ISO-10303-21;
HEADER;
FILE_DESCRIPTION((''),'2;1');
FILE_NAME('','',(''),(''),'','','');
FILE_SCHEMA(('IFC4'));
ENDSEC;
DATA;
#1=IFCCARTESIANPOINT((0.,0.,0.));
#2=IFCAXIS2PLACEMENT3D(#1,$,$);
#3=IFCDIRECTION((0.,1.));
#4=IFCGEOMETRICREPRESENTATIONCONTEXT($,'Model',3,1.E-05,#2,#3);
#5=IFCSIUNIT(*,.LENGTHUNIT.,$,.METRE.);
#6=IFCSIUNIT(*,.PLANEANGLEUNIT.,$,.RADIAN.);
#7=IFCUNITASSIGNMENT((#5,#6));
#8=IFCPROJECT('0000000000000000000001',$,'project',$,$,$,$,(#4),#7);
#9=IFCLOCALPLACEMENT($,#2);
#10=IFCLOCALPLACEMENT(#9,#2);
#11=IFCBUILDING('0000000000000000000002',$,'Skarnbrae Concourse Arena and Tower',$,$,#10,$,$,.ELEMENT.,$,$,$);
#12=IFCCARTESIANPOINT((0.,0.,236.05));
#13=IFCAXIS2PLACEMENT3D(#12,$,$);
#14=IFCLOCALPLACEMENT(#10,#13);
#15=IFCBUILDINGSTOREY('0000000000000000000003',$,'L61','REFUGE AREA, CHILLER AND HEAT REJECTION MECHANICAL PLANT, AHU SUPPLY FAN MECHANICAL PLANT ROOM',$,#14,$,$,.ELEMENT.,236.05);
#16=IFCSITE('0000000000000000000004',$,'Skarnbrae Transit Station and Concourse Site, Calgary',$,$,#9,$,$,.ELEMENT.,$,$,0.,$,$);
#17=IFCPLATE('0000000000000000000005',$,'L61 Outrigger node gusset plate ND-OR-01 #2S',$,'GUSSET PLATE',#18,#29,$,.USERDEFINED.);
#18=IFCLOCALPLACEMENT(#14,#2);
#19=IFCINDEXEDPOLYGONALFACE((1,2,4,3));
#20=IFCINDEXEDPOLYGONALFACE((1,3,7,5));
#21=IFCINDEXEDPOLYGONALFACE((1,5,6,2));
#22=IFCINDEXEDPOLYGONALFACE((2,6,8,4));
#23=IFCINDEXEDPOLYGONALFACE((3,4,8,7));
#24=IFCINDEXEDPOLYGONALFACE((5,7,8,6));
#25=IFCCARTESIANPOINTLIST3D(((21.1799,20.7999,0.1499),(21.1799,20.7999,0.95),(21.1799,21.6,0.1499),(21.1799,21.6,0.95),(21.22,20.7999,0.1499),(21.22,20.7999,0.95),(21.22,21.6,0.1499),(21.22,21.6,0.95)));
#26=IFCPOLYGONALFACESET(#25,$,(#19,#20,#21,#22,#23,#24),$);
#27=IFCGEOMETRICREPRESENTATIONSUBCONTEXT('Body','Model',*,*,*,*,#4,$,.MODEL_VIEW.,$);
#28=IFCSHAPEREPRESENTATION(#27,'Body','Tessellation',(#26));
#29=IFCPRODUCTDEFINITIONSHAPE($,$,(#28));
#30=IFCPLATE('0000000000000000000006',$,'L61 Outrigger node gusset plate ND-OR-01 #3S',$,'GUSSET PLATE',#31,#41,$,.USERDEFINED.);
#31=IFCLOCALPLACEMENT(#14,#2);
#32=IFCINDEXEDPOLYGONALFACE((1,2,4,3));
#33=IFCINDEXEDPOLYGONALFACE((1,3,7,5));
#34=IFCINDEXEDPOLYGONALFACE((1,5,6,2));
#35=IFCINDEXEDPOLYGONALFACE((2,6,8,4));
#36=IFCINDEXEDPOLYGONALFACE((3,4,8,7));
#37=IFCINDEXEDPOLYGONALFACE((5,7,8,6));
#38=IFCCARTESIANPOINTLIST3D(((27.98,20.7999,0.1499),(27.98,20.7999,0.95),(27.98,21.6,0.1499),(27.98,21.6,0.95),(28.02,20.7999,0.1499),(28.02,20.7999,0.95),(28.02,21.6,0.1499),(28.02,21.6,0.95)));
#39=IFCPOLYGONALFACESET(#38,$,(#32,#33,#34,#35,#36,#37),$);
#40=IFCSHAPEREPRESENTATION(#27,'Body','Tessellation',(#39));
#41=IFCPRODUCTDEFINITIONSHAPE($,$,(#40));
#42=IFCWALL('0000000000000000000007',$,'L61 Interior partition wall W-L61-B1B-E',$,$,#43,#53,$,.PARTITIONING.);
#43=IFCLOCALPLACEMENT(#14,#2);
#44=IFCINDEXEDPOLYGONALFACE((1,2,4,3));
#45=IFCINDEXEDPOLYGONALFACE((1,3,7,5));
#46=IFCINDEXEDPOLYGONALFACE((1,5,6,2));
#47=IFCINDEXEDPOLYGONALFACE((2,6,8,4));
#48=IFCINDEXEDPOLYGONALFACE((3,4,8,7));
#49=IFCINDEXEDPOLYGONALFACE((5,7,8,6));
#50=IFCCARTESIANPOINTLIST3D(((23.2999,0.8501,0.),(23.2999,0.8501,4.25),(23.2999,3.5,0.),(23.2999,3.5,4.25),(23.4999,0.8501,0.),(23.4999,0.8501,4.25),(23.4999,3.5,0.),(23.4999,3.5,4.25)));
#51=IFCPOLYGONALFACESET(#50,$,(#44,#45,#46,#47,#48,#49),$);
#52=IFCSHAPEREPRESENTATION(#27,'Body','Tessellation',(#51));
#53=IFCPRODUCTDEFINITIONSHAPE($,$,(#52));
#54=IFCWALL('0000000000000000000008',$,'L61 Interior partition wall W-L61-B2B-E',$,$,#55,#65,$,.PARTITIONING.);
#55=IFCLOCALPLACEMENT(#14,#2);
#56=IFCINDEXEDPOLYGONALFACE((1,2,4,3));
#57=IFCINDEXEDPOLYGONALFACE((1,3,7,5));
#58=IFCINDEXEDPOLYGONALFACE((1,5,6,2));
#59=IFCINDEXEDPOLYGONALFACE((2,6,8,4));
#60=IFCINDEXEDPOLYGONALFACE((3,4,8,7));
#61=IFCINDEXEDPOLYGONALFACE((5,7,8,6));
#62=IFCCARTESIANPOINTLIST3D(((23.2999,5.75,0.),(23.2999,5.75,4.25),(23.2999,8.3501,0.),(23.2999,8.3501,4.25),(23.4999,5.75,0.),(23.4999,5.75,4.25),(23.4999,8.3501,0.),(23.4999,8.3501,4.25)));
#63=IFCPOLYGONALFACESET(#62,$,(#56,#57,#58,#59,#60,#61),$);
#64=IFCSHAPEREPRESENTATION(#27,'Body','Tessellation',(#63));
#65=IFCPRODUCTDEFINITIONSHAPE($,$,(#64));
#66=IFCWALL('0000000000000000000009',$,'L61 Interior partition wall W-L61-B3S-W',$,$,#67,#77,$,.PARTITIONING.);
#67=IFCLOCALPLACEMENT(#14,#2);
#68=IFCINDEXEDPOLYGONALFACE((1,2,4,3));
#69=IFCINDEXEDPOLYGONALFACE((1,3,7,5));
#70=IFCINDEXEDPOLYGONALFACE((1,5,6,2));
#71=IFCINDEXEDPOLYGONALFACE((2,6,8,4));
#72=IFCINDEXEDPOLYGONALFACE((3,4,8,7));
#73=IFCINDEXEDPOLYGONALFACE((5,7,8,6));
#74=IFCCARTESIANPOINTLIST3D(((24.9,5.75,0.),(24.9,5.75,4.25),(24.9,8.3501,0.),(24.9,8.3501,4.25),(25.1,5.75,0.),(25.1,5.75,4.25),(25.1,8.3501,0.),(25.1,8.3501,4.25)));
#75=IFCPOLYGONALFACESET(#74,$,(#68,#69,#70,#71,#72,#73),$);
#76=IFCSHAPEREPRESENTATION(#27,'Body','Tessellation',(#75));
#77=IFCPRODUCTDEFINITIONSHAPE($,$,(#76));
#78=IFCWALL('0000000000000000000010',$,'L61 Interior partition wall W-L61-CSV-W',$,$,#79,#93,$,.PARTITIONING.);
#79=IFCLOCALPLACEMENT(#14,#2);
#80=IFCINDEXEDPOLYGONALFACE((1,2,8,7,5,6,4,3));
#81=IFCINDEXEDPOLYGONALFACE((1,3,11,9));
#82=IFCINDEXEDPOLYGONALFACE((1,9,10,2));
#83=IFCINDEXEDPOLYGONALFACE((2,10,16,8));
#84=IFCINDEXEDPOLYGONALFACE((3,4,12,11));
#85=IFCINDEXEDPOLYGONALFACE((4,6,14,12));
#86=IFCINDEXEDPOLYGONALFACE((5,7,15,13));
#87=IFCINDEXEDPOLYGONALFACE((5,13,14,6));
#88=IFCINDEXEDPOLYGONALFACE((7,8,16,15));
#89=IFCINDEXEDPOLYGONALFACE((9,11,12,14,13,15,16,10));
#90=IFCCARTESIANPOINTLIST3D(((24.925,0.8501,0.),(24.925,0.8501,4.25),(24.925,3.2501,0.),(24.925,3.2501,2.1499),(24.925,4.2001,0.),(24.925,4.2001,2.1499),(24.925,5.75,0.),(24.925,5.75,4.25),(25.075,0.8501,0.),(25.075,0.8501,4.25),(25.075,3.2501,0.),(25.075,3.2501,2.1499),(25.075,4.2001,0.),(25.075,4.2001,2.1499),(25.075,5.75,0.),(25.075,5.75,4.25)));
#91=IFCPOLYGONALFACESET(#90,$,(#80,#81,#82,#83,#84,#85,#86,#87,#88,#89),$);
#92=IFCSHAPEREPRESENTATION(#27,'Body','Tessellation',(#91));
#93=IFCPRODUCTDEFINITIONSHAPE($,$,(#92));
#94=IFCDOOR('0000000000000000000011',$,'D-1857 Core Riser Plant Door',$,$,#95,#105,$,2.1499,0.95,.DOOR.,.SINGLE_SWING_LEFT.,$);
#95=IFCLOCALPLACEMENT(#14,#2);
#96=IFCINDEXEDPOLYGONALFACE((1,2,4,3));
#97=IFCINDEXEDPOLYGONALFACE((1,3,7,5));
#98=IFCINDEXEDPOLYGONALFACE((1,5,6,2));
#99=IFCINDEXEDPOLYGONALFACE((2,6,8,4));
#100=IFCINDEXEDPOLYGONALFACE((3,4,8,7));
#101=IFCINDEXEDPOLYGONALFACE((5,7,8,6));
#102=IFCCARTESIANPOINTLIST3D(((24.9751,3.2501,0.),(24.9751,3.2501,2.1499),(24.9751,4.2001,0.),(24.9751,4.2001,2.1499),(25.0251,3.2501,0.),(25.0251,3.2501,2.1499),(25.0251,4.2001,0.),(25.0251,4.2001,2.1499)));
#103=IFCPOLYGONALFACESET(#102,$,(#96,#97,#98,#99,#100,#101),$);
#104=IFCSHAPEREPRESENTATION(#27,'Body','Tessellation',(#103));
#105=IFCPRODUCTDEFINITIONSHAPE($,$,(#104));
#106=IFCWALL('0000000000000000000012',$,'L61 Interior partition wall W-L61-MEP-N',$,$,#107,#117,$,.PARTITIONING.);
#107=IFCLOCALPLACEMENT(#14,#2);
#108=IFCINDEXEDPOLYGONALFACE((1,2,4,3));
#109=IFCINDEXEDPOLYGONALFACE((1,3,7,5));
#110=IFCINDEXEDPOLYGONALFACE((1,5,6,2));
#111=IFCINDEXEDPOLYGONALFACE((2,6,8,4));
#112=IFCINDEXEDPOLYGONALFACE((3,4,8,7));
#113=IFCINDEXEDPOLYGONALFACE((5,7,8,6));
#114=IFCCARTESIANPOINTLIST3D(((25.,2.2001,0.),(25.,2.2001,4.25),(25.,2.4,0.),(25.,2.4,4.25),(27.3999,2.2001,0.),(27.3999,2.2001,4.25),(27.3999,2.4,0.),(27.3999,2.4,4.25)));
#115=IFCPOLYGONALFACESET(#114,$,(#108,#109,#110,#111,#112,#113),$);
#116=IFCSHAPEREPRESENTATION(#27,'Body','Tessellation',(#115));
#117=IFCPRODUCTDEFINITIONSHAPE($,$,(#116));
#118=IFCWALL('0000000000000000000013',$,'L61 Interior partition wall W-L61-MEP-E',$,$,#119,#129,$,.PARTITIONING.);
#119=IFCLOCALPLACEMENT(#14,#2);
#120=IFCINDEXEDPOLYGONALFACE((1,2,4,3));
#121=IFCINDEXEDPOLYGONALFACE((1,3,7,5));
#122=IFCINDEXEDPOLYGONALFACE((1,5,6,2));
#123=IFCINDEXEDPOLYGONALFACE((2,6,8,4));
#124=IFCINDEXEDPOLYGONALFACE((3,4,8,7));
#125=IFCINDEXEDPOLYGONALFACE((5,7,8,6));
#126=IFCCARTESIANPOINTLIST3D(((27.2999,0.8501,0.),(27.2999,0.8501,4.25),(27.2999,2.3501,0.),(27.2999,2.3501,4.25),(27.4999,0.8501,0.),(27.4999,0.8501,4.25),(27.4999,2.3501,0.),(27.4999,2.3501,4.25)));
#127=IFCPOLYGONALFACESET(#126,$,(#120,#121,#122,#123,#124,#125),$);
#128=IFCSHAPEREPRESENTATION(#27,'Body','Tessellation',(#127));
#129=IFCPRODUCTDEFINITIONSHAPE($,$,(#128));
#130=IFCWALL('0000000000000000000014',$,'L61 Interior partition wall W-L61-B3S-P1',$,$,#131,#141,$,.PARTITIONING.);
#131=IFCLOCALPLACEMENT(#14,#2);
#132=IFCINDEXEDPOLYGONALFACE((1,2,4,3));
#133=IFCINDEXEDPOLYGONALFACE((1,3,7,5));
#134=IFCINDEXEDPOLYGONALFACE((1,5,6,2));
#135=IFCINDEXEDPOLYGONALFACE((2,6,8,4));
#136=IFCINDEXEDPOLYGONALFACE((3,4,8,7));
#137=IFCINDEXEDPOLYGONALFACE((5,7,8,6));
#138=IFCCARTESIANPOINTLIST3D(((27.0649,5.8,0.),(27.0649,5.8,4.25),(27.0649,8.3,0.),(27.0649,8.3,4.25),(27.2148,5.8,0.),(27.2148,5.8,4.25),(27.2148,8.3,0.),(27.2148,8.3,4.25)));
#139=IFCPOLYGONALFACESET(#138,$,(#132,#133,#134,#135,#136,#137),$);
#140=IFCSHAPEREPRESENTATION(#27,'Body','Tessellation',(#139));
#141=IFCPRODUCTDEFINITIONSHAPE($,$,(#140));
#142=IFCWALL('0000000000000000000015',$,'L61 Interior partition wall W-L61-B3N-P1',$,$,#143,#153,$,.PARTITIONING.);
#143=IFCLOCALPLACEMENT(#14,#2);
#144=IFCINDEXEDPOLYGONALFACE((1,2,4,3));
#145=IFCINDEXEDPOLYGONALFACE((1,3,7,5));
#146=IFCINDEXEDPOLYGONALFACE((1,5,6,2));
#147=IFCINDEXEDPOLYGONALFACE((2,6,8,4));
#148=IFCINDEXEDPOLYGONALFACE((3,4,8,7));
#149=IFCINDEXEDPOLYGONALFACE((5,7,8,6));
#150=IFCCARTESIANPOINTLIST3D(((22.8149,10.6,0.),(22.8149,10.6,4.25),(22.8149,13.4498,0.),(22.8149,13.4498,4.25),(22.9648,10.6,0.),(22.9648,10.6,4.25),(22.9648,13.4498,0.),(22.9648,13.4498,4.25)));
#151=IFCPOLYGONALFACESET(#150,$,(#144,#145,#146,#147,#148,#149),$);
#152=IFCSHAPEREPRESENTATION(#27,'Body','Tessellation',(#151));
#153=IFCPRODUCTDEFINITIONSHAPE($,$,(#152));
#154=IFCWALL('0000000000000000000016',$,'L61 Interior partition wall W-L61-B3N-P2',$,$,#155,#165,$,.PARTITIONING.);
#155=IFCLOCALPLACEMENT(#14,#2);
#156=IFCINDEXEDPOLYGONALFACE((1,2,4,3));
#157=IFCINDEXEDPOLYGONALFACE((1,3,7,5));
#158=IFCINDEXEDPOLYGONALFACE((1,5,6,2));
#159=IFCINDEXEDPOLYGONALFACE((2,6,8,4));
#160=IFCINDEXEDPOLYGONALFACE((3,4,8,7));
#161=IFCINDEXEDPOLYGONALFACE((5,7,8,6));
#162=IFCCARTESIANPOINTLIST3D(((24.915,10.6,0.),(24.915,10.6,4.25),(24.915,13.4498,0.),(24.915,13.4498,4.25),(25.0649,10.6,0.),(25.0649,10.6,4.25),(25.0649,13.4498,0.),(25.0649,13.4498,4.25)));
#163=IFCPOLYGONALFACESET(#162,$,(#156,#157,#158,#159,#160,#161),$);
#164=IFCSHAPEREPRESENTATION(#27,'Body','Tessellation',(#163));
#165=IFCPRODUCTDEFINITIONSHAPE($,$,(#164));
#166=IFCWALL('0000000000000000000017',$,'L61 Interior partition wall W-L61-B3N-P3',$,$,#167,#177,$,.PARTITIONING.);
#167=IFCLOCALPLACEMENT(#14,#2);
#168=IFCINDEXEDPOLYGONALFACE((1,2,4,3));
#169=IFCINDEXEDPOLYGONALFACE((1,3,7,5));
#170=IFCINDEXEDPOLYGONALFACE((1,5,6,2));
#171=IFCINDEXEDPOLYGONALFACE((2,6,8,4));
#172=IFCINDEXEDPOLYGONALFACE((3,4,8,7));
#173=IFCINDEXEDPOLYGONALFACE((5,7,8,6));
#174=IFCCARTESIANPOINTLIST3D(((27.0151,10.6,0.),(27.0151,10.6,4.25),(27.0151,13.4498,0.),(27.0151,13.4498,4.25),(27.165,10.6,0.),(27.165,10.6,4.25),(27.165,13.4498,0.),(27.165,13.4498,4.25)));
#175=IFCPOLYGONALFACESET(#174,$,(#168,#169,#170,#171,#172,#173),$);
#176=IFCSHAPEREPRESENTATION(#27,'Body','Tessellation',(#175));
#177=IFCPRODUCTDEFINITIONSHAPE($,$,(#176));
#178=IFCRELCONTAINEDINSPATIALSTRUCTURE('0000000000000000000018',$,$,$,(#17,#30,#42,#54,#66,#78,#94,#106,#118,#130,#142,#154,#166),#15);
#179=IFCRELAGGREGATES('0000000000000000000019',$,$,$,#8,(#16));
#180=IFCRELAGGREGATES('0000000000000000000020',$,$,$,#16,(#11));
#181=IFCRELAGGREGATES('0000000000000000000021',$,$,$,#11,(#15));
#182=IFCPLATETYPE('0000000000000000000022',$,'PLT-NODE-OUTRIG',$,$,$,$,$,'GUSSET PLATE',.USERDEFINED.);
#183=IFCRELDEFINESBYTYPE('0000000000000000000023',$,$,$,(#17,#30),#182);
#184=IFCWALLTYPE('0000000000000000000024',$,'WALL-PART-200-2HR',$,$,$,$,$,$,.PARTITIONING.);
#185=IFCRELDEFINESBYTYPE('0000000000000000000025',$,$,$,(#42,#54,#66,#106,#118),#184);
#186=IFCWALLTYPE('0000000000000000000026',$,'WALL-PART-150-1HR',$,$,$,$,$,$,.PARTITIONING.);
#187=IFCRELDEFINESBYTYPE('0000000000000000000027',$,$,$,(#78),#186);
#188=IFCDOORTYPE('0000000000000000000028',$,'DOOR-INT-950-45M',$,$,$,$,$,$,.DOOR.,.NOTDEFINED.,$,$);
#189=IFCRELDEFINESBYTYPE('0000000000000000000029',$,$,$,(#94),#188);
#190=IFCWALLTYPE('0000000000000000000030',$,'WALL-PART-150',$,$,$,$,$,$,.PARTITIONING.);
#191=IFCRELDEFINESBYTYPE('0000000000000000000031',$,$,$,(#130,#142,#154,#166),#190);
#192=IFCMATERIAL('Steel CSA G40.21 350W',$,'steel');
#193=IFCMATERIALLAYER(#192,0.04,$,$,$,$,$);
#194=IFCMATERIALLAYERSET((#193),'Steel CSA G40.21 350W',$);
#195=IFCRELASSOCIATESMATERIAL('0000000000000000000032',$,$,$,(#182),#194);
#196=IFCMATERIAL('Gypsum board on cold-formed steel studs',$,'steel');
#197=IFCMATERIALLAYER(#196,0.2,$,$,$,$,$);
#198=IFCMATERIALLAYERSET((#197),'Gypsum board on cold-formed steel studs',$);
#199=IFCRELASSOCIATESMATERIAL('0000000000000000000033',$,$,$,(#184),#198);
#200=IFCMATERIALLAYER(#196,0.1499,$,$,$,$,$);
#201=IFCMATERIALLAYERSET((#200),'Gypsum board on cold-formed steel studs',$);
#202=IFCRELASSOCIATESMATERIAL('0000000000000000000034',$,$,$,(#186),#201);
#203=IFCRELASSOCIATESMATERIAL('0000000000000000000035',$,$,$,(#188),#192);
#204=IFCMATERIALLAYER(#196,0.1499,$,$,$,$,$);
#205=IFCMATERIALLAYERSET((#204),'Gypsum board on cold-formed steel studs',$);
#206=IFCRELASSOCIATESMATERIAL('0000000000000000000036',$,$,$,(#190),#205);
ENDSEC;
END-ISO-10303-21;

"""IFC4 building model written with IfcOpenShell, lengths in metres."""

from ifc_helpers import new_model, si_unit, direction, frame, frame_2d, origin, origin_2d, place, context, subcontext, project, spatial, rectangle, extrude, source, transform, mapped, material, layer, layer_set, type_object, element, fill, save


model = new_model("IFC4")

# Units and contexts
model_context = context("Model", 3, precision=1e-05, world=origin(), true_north=direction((0.0, 1.0)))
body_context = subcontext(model_context, "Body", "Model", "MODEL_VIEW")
ifc_project = project(units=[si_unit("LENGTHUNIT", "METRE"), si_unit("PLANEANGLEUNIT", "RADIAN")], contexts=[model_context])

# Site, building, storey
site_placement = place(None, origin())
site = spatial("IfcSite", under=ifc_project, at=site_placement, Name="Skarnbrae Transit Station and Concourse Site, Calgary", CompositionType="ELEMENT", RefElevation=0.0)
building_placement = place(site_placement, origin())
building = spatial("IfcBuilding", under=site, at=building_placement, Name="Skarnbrae Concourse Arena and Tower", CompositionType="ELEMENT")
storey_placement = place(building_placement, frame((0.0, 0.0, 236.05)))
storey = spatial("IfcBuildingStorey", under=building, at=storey_placement, Name="L61", Description="REFUGE AREA, CHILLER AND HEAT REJECTION MECHANICAL PLANT, AHU SUPPLY FAN MECHANICAL PLANT ROOM", CompositionType="ELEMENT", Elevation=236.05)

# Shared definitions
ifc_material_1 = material(Name="Steel CSA G40.21 350W", Category="steel")

# Plates
ifc_layer_1 = layer(ifc_material_1, 0.04)
ifc_layer_set_1 = layer_set([ifc_layer_1], Name="Steel CSA G40.21 350W")
plate_type_1 = type_object("IfcPlateType", Name="PLT-NODE-OUTRIG", ElementType="GUSSET PLATE", PredefinedType="USERDEFINED", material=ifc_layer_set_1)
shared_shape_1 = source(origin(), body_context, "Body", "SweptSolid", [
    extrude(rectangle(XDim=0.8, YDim=0.04, at=origin_2d()), origin(), (0.0, 0.0, 1.0), 0.8),
])
for number, where, z_axis, x_axis, name in (
    (1, (21.2, 21.2, 0.1499), (0.0, 0.0, 1.0), (0.0, 1.0, 0.0), "L61 Outrigger node gusset plate ND-OR-01 #2S"),
    (2, (28.0, 21.2, 0.1499), (0.0, 0.0, 1.0), (0.0, 1.0, 0.0), "L61 Outrigger node gusset plate ND-OR-01 #3S"),
):
    element("IfcPlate", number, at=place(storey_placement, frame(where, z_axis=z_axis, x_axis=x_axis)), inside=storey, type_object=plate_type_1, Name=name, ObjectType="GUSSET PLATE", PredefinedType="USERDEFINED", context=body_context, shape_type="MappedRepresentation", body=[
        mapped(shared_shape_1, transform((0.0, 0.0, 0.0))),
    ])

# Walls
ifc_material_2 = material(Name="Gypsum board on cold-formed steel studs", Category="steel")
ifc_layer_2 = layer(ifc_material_2, 0.2)
ifc_layer_set_2 = layer_set([ifc_layer_2], Name="Gypsum board on cold-formed steel studs")
wall_type_1 = type_object("IfcWallType", Name="WALL-PART-200-2HR", PredefinedType="PARTITIONING", material=ifc_layer_set_2)
shared_shape_2 = source(origin(), body_context, "Body", "SweptSolid", [
    extrude(rectangle(XDim=2.6499, YDim=0.2, at=frame_2d((1.325, 0.0))), origin(), (0.0, 0.0, 1.0), 4.25),
])
wall_1_placement = place(storey_placement, frame((23.3999, 0.8501, 0.0), z_axis=(0.0, 0.0, 1.0), x_axis=(0.0, 1.0, 0.0)))
element("IfcWall", 3, at=wall_1_placement, inside=storey, type_object=wall_type_1, Name="L61 Interior partition wall W-L61-B1B-E", PredefinedType="PARTITIONING", context=body_context, shape_type="MappedRepresentation", body=[
    mapped(shared_shape_2, transform((0.0, 0.0, 0.0))),
])
shared_shape_3 = source(origin(), body_context, "Body", "SweptSolid", [
    extrude(rectangle(XDim=2.6001, YDim=0.2, at=frame_2d((1.3, 0.0))), origin(), (0.0, 0.0, 1.0), 4.25),
])
for number, where, z_axis, x_axis, name in (
    (4, (23.3999, 5.75, 0.0), (0.0, 0.0, 1.0), (0.0, 1.0, 0.0), "L61 Interior partition wall W-L61-B2B-E"),
    (5, (25.0, 5.75, 0.0), (0.0, 0.0, 1.0), (0.0, 1.0, 0.0), "L61 Interior partition wall W-L61-B3S-W"),
):
    element("IfcWall", number, at=place(storey_placement, frame(where, z_axis=z_axis, x_axis=x_axis)), inside=storey, type_object=wall_type_1, Name=name, PredefinedType="PARTITIONING", context=body_context, shape_type="MappedRepresentation", body=[
        mapped(shared_shape_3, transform((0.0, 0.0, 0.0))),
    ])

# Wall, opening, door
ifc_layer_3 = layer(ifc_material_2, 0.1499)
ifc_layer_set_3 = layer_set([ifc_layer_3], Name="Gypsum board on cold-formed steel studs")
wall_type_2 = type_object("IfcWallType", Name="WALL-PART-150-1HR", PredefinedType="PARTITIONING", material=ifc_layer_set_3)
shared_shape_4 = source(origin(), body_context, "Body", "SweptSolid", [
    extrude(rectangle(XDim=4.8999, YDim=0.1499, at=frame_2d((2.45, 0.0))), origin(), (0.0, 0.0, 1.0), 4.25),
])
wall_2_placement = place(storey_placement, frame((25.0, 0.8501, 0.0), z_axis=(0.0, 0.0, 1.0), x_axis=(0.0, 1.0, 0.0)))
wall_2 = element("IfcWall", 6, at=wall_2_placement, inside=storey, type_object=wall_type_2, Name="L61 Interior partition wall W-L61-CSV-W", PredefinedType="PARTITIONING", context=body_context, shape_type="MappedRepresentation", body=[
    mapped(shared_shape_4, transform((0.0, 0.0, 0.0))),
])
opening_placement = place(wall_2_placement, frame((2.3999, 0.0, 0.0)))
opening = element("IfcOpeningElement", 7, at=opening_placement, cuts=wall_2, PredefinedType="OPENING", context=body_context, shape_type="SweptSolid", body=[
    extrude(rectangle(XDim=0.95, YDim=2.1499, at=frame_2d((0.4751, 1.075))), frame((0.0, 0.085, 0.0), z_axis=(0.0, -1.0, 0.0), x_axis=(1.0, 0.0, 0.0)), (0.0, 0.0, 1.0), 0.1699),
])
door_type = type_object("IfcDoorType", Name="DOOR-INT-950-45M", OperationType="NOTDEFINED", PredefinedType="DOOR", material=ifc_material_1)
shared_shape_5 = source(origin(), body_context, "Body", "SweptSolid", [
    extrude(rectangle(XDim=0.95, YDim=2.1499, at=frame_2d((0.4751, 1.075))), frame((0.0, 0.0249, 0.0), z_axis=(0.0, -1.0, 0.0), x_axis=(1.0, 0.0, 0.0)), (0.0, 0.0, 1.0), 0.05),
])
door_placement = place(opening_placement, origin())
door = element("IfcDoor", 8, at=door_placement, inside=storey, type_object=door_type, Name="D-1857 Core Riser Plant Door", OperationType="SINGLE_SWING_LEFT", OverallHeight=2.1499, OverallWidth=0.95, PredefinedType="DOOR", context=body_context, shape_type="MappedRepresentation", body=[
    mapped(shared_shape_5, transform((0.0, 0.0, 0.0))),
])
fill(opening, door)

# Walls
shared_shape_6 = source(origin(), body_context, "Body", "SweptSolid", [
    extrude(rectangle(XDim=2.3999, YDim=0.2, at=frame_2d((1.2, 0.0))), origin(), (0.0, 0.0, 1.0), 4.25),
])
wall_3_placement = place(storey_placement, frame((25.0, 2.3, 0.0), z_axis=(0.0, 0.0, 1.0), x_axis=(1.0, 0.0, 0.0)))
element("IfcWall", 9, at=wall_3_placement, inside=storey, type_object=wall_type_1, Name="L61 Interior partition wall W-L61-MEP-N", PredefinedType="PARTITIONING", context=body_context, shape_type="MappedRepresentation", body=[
    mapped(shared_shape_6, transform((0.0, 0.0, 0.0))),
])
shared_shape_7 = source(origin(), body_context, "Body", "SweptSolid", [
    extrude(rectangle(XDim=1.5, YDim=0.2, at=frame_2d((0.75, 0.0))), origin(), (0.0, 0.0, 1.0), 4.25),
])
wall_4_placement = place(storey_placement, frame((27.3999, 0.8501, 0.0), z_axis=(0.0, 0.0, 1.0), x_axis=(0.0, 1.0, 0.0)))
element("IfcWall", 10, at=wall_4_placement, inside=storey, type_object=wall_type_1, Name="L61 Interior partition wall W-L61-MEP-E", PredefinedType="PARTITIONING", context=body_context, shape_type="MappedRepresentation", body=[
    mapped(shared_shape_7, transform((0.0, 0.0, 0.0))),
])
ifc_layer_4 = layer(ifc_material_2, 0.1499)
ifc_layer_set_4 = layer_set([ifc_layer_4], Name="Gypsum board on cold-formed steel studs")
wall_type_3 = type_object("IfcWallType", Name="WALL-PART-150", PredefinedType="PARTITIONING", material=ifc_layer_set_4)
shared_shape_8 = source(origin(), body_context, "Body", "SweptSolid", [
    extrude(rectangle(XDim=2.5, YDim=0.1499, at=frame_2d((1.25, 0.0))), origin(), (0.0, 0.0, 1.0), 4.25),
])
wall_5_placement = place(storey_placement, frame((27.1399, 5.8, 0.0), z_axis=(0.0, 0.0, 1.0), x_axis=(0.0, 1.0, 0.0)))
element("IfcWall", 11, at=wall_5_placement, inside=storey, type_object=wall_type_3, Name="L61 Interior partition wall W-L61-B3S-P1", PredefinedType="PARTITIONING", context=body_context, shape_type="MappedRepresentation", body=[
    mapped(shared_shape_8, transform((0.0, 0.0, 0.0))),
])
shared_shape_9 = source(origin(), body_context, "Body", "SweptSolid", [
    extrude(rectangle(XDim=2.8499, YDim=0.1499, at=frame_2d((1.4248, 0.0))), origin(), (0.0, 0.0, 1.0), 4.25),
])
for number, where, z_axis, x_axis, name in (
    (12, (22.8899, 10.6001, 0.0), (0.0, 0.0, 1.0), (0.0, 1.0, 0.0), "L61 Interior partition wall W-L61-B3N-P1"),
    (13, (24.99, 10.6001, 0.0), (0.0, 0.0, 1.0), (0.0, 1.0, 0.0), "L61 Interior partition wall W-L61-B3N-P2"),
    (14, (27.0901, 10.6001, 0.0), (0.0, 0.0, 1.0), (0.0, 1.0, 0.0), "L61 Interior partition wall W-L61-B3N-P3"),
):
    element("IfcWall", number, at=place(storey_placement, frame(where, z_axis=z_axis, x_axis=x_axis)), inside=storey, type_object=wall_type_3, Name=name, PredefinedType="PARTITIONING", context=body_context, shape_type="MappedRepresentation", body=[
        mapped(shared_shape_9, transform((0.0, 0.0, 0.0))),
    ])

save(model, "model.ifc")
